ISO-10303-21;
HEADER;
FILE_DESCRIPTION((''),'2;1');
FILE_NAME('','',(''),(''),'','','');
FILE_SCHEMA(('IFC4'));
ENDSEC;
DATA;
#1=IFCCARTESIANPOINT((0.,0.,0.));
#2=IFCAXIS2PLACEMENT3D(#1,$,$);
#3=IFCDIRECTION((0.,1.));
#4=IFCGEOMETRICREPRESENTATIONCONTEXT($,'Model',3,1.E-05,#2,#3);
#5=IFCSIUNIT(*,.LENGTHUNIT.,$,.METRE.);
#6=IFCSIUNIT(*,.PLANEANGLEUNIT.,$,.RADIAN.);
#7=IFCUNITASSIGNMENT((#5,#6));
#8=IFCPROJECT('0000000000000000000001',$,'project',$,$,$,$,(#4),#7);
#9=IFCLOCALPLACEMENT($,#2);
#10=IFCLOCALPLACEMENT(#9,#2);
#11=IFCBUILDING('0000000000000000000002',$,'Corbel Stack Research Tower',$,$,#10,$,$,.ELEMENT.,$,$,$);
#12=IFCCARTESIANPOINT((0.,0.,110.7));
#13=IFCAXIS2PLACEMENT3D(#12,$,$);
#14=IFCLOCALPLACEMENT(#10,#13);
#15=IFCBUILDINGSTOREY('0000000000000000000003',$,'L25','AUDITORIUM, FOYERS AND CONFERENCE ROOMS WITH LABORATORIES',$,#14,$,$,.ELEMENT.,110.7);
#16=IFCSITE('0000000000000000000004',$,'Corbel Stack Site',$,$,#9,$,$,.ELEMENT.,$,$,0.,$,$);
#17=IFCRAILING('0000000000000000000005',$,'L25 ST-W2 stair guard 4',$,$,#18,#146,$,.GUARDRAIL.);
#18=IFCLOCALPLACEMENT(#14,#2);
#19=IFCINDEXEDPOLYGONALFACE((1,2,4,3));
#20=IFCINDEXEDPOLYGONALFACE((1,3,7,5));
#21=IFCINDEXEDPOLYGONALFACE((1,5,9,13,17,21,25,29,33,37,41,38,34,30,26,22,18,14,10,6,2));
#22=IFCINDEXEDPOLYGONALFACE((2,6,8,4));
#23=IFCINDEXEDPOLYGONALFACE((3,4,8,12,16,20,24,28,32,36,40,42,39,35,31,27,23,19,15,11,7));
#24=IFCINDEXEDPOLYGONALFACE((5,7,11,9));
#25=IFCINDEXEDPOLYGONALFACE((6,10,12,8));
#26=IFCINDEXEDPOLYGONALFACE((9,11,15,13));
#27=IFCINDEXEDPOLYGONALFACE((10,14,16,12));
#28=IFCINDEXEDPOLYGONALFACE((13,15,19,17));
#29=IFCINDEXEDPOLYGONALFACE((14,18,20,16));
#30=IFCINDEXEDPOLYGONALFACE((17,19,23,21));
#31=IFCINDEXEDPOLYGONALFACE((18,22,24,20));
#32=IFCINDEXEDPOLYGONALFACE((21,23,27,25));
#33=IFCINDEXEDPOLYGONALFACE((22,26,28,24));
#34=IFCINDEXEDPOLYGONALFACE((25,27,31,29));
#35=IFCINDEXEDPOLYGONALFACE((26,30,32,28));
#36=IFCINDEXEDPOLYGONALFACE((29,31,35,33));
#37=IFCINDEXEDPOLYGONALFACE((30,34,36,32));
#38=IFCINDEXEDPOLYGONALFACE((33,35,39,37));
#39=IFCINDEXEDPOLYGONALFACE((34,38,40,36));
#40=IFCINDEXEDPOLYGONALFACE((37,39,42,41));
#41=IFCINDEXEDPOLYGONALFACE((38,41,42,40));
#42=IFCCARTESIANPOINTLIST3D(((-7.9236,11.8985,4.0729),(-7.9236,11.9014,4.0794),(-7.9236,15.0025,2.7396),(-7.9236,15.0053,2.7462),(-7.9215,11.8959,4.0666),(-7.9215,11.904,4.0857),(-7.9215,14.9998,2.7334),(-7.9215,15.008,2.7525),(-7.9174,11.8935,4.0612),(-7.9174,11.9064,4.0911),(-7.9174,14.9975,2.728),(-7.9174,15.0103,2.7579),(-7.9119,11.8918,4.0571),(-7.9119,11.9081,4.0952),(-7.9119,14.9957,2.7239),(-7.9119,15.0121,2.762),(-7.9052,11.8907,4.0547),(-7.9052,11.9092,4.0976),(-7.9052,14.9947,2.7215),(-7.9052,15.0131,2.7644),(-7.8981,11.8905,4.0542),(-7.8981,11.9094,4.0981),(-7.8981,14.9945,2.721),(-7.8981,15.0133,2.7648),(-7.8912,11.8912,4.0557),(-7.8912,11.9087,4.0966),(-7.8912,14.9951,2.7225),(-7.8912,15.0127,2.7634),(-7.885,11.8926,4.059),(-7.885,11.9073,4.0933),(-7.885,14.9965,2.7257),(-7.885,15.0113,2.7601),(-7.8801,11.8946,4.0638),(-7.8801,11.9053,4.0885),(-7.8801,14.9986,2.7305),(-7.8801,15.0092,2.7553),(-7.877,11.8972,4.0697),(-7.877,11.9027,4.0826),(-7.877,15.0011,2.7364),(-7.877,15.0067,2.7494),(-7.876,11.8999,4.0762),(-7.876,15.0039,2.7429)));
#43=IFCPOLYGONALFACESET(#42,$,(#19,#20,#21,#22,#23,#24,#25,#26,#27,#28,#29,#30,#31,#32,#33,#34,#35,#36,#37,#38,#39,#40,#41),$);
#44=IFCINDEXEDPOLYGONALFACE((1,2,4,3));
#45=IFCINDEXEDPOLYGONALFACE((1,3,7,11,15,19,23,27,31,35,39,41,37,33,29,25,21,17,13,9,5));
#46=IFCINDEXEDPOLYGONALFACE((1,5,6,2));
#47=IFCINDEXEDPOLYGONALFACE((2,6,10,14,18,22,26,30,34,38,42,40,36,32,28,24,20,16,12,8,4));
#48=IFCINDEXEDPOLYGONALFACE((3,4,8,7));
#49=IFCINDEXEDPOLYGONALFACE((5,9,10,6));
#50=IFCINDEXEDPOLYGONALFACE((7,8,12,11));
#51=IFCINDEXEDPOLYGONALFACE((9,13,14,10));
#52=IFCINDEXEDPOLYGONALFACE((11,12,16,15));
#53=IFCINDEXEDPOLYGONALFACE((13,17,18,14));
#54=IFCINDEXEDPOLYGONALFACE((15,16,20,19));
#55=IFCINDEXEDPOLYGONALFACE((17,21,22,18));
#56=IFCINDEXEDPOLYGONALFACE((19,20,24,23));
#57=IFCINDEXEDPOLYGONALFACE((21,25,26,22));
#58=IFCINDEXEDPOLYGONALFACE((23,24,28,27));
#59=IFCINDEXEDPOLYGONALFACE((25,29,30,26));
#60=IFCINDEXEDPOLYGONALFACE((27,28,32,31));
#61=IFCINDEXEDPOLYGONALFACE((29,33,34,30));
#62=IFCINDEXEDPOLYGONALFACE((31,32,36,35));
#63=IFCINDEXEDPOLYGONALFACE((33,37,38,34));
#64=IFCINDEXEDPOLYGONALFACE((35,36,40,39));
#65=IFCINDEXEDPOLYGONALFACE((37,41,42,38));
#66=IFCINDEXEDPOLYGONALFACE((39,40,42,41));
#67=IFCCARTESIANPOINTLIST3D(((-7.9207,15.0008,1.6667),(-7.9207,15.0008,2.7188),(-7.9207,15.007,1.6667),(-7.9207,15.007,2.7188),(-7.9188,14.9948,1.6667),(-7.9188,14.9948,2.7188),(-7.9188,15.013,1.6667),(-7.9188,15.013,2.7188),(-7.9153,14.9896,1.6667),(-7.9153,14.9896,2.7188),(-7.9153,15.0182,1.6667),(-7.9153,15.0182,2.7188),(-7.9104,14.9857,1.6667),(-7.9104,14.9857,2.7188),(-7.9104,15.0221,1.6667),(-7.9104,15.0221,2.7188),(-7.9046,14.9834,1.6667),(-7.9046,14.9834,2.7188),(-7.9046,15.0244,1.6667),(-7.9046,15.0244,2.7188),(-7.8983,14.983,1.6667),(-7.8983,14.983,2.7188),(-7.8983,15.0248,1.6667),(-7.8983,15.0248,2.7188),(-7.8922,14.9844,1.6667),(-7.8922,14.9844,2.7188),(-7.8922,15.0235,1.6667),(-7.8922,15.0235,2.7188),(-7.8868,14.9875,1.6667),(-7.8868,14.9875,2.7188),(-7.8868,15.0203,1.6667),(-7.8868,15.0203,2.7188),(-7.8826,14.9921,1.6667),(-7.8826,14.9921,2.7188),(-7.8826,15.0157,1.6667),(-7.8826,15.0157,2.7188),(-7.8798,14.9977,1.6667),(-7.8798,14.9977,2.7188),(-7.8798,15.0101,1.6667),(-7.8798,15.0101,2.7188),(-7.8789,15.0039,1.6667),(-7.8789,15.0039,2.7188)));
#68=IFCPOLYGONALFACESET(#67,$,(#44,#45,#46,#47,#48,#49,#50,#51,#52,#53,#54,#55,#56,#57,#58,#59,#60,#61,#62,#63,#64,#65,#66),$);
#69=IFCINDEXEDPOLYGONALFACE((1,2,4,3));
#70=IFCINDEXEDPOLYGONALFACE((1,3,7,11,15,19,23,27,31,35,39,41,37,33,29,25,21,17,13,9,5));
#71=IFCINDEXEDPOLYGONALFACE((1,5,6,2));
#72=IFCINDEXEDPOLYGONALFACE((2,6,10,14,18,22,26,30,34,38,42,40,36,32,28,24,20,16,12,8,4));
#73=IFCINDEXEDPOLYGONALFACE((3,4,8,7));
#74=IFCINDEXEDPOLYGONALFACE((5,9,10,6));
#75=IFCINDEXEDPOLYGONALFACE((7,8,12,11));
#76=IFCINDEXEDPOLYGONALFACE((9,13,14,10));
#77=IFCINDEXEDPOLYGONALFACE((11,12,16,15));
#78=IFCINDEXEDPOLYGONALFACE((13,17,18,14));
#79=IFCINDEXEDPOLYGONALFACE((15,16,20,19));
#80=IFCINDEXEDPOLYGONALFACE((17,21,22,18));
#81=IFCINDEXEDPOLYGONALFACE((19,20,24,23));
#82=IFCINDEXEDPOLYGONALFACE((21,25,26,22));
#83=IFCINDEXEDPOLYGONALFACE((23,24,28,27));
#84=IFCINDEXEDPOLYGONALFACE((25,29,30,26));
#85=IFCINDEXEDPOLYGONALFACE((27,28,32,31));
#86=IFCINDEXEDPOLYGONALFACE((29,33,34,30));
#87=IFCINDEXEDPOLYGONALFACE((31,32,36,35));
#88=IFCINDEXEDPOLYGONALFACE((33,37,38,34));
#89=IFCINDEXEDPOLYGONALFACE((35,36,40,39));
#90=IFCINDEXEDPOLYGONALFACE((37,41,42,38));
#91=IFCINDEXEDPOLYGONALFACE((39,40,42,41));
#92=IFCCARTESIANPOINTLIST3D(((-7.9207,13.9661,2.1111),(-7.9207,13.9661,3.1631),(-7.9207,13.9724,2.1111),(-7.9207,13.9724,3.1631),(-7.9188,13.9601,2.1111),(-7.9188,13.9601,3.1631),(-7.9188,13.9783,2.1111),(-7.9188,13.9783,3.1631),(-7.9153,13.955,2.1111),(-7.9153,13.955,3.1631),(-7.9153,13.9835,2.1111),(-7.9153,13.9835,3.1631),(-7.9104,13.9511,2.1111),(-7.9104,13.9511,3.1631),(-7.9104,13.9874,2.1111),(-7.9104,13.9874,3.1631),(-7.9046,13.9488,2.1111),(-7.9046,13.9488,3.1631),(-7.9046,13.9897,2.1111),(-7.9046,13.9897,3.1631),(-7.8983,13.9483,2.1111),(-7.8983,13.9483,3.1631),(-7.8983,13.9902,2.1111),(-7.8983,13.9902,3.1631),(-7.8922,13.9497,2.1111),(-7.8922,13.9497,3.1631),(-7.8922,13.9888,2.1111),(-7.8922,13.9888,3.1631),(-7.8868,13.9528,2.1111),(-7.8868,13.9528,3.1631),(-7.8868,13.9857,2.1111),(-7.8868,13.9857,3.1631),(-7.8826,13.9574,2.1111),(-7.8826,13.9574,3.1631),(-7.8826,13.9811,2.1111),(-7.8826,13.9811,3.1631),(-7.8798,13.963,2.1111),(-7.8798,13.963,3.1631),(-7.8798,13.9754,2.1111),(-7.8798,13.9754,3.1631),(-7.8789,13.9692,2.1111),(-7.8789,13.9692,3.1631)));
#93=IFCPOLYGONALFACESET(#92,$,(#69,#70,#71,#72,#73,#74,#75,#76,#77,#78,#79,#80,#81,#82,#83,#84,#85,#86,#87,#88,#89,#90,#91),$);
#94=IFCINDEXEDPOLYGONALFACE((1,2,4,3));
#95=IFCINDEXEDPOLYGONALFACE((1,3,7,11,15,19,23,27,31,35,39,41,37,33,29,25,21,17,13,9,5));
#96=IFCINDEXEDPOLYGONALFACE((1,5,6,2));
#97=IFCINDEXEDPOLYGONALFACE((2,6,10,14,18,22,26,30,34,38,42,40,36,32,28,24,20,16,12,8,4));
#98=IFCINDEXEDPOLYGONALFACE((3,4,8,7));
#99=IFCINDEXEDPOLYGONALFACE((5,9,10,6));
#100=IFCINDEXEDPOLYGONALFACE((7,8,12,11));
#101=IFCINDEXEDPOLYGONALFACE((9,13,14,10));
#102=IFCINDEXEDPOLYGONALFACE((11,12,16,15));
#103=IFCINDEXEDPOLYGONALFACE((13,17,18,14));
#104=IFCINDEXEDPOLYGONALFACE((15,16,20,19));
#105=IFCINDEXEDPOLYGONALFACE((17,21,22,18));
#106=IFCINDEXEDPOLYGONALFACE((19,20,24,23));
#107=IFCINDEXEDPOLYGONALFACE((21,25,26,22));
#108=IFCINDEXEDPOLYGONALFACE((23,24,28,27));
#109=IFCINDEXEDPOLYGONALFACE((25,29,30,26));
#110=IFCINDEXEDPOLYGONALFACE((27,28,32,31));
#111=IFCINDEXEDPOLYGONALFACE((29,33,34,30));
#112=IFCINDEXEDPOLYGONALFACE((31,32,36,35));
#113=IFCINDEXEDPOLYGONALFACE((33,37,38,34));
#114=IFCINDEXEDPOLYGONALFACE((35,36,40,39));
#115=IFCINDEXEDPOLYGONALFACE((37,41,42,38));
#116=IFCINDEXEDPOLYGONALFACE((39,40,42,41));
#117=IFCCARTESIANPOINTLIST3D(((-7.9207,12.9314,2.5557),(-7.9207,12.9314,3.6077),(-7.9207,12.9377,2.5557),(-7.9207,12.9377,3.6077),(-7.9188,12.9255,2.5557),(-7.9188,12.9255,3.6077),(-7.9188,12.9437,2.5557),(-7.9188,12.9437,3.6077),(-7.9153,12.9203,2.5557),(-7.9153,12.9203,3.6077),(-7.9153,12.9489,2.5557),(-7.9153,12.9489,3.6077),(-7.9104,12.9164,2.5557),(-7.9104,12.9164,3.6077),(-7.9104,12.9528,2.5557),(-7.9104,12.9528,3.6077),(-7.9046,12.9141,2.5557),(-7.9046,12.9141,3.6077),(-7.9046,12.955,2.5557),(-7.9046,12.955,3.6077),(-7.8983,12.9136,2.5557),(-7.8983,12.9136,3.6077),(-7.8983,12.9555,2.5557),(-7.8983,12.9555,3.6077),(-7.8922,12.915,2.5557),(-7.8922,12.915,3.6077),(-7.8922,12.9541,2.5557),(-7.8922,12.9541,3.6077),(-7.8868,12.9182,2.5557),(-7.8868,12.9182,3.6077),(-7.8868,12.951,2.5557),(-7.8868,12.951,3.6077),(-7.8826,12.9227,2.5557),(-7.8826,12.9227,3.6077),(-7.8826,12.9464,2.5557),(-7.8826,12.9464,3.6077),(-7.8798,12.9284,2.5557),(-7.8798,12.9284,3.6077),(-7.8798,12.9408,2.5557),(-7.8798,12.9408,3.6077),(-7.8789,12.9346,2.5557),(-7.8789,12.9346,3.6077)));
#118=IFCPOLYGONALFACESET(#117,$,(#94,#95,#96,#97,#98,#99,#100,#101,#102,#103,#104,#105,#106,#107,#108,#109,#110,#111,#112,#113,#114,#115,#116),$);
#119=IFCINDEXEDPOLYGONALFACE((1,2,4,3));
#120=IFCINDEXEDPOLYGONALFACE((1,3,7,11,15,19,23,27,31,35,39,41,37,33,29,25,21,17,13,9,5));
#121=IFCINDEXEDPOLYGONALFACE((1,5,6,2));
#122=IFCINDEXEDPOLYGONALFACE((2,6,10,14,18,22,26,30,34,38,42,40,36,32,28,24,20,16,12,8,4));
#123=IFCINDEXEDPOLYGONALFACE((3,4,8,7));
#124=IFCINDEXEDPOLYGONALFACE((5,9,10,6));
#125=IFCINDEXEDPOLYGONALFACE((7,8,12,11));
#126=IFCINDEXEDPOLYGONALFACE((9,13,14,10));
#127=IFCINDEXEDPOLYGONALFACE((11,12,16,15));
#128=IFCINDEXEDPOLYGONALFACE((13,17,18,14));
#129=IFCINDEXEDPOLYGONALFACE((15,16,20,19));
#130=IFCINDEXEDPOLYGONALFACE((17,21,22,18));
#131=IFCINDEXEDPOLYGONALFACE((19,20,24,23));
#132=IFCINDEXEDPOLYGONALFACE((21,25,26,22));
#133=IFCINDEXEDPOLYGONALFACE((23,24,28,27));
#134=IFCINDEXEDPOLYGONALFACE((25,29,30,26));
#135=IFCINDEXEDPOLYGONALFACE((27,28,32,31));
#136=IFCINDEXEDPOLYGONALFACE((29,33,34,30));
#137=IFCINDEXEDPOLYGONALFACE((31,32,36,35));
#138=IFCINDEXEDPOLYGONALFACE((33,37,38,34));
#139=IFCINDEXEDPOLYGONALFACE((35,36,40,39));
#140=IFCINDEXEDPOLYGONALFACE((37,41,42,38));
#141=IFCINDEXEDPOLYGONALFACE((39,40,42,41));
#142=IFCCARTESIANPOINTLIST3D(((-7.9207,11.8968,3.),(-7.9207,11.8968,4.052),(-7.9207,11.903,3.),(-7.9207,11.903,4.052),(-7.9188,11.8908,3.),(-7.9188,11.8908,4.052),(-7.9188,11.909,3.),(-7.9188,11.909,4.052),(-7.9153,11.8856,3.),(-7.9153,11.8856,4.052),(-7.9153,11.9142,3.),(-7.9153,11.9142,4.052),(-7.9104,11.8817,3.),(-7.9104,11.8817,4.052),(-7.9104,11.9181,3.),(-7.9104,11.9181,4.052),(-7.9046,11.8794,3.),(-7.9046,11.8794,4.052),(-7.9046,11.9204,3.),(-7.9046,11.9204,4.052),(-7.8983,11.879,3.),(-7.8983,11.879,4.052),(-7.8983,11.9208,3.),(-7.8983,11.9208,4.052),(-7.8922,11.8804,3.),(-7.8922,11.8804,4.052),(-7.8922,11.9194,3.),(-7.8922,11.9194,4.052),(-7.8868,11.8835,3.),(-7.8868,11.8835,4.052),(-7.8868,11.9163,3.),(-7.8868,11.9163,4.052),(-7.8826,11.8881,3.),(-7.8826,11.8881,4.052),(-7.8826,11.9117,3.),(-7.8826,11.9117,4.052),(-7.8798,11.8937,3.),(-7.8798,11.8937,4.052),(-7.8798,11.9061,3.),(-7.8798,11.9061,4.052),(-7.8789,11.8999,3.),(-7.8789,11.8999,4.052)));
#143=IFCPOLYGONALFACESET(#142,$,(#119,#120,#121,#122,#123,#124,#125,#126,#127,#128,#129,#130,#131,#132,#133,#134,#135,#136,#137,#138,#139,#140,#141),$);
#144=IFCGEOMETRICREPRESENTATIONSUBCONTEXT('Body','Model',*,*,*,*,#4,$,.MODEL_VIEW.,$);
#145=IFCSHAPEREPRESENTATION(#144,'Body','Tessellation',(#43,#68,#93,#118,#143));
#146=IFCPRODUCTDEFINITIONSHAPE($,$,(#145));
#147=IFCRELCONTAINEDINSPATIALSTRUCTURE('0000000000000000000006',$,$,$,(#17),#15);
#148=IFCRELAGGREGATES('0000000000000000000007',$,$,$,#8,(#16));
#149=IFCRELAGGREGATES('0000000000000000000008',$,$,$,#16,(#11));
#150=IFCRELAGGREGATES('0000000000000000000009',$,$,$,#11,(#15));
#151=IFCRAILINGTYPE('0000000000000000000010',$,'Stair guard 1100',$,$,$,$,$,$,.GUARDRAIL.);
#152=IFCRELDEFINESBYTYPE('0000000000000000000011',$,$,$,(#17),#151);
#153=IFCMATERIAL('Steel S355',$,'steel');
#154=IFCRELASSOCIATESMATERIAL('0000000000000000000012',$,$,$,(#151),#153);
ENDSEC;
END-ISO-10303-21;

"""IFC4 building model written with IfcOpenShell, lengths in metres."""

from ifc_helpers import new_model, si_unit, direction, frame, origin, origin_2d, place, context, subcontext, project, spatial, circle, extrude, material, type_object, element, save


model = new_model("IFC4")

# Units and contexts
model_context = context("Model", 3, precision=1e-05, world=origin(), true_north=direction((0.0, 1.0)))
body_context = subcontext(model_context, "Body", "Model", "MODEL_VIEW")
ifc_project = project(units=[si_unit("LENGTHUNIT", "METRE"), si_unit("PLANEANGLEUNIT", "RADIAN")], contexts=[model_context])

# Site, building, storey
site_placement = place(None, origin())
site = spatial("IfcSite", under=ifc_project, at=site_placement, Name="Corbel Stack Site", CompositionType="ELEMENT", RefElevation=0.0)
building_placement = place(site_placement, origin())
building = spatial("IfcBuilding", under=site, at=building_placement, Name="Corbel Stack Research Tower", CompositionType="ELEMENT")
storey_placement = place(building_placement, frame((0.0, 0.0, 110.7)))
storey = spatial("IfcBuildingStorey", under=building, at=storey_placement, Name="L25", Description="AUDITORIUM, FOYERS AND CONFERENCE ROOMS WITH LABORATORIES", CompositionType="ELEMENT", Elevation=110.7)

# Railing
ifc_material_1 = material(Name="Steel S355", Category="steel")
railing_type_1 = type_object("IfcRailingType", Name="Stair guard 1100", PredefinedType="GUARDRAIL", material=ifc_material_1)
railing_1_placement = place(storey_placement, frame((-7.8999, 15.0039, 1.6667)))
element("IfcRailing", 1, at=railing_1_placement, inside=storey, type_object=railing_type_1, Name="L25 ST-W2 stair guard 4", PredefinedType="GUARDRAIL", context=body_context, shape_type="SweptSolid", body=[
    extrude(circle(Radius=0.0239, at=origin_2d()), frame((0.0, 0.0, 1.0762), z_axis=(0.0, -0.918827, 0.394661), x_axis=(1.0, 0.0, 0.0)), (0.0, 0.0, 1.0), 3.3782),
    extrude(circle(Radius=0.021, at=origin_2d()), origin(), (0.0, 0.0, 1.0), 1.052),
    extrude(circle(Radius=0.021, at=origin_2d()), frame((0.0, -1.0347, 0.4443)), (0.0, 0.0, 1.0), 1.052),
    extrude(circle(Radius=0.021, at=origin_2d()), frame((0.0, -2.0693, 0.8889)), (0.0, 0.0, 1.0), 1.052),
    extrude(circle(Radius=0.021, at=origin_2d()), frame((0.0, -3.104, 1.3333)), (0.0, 0.0, 1.0), 1.052),
])

save(model, "model.ifc")
